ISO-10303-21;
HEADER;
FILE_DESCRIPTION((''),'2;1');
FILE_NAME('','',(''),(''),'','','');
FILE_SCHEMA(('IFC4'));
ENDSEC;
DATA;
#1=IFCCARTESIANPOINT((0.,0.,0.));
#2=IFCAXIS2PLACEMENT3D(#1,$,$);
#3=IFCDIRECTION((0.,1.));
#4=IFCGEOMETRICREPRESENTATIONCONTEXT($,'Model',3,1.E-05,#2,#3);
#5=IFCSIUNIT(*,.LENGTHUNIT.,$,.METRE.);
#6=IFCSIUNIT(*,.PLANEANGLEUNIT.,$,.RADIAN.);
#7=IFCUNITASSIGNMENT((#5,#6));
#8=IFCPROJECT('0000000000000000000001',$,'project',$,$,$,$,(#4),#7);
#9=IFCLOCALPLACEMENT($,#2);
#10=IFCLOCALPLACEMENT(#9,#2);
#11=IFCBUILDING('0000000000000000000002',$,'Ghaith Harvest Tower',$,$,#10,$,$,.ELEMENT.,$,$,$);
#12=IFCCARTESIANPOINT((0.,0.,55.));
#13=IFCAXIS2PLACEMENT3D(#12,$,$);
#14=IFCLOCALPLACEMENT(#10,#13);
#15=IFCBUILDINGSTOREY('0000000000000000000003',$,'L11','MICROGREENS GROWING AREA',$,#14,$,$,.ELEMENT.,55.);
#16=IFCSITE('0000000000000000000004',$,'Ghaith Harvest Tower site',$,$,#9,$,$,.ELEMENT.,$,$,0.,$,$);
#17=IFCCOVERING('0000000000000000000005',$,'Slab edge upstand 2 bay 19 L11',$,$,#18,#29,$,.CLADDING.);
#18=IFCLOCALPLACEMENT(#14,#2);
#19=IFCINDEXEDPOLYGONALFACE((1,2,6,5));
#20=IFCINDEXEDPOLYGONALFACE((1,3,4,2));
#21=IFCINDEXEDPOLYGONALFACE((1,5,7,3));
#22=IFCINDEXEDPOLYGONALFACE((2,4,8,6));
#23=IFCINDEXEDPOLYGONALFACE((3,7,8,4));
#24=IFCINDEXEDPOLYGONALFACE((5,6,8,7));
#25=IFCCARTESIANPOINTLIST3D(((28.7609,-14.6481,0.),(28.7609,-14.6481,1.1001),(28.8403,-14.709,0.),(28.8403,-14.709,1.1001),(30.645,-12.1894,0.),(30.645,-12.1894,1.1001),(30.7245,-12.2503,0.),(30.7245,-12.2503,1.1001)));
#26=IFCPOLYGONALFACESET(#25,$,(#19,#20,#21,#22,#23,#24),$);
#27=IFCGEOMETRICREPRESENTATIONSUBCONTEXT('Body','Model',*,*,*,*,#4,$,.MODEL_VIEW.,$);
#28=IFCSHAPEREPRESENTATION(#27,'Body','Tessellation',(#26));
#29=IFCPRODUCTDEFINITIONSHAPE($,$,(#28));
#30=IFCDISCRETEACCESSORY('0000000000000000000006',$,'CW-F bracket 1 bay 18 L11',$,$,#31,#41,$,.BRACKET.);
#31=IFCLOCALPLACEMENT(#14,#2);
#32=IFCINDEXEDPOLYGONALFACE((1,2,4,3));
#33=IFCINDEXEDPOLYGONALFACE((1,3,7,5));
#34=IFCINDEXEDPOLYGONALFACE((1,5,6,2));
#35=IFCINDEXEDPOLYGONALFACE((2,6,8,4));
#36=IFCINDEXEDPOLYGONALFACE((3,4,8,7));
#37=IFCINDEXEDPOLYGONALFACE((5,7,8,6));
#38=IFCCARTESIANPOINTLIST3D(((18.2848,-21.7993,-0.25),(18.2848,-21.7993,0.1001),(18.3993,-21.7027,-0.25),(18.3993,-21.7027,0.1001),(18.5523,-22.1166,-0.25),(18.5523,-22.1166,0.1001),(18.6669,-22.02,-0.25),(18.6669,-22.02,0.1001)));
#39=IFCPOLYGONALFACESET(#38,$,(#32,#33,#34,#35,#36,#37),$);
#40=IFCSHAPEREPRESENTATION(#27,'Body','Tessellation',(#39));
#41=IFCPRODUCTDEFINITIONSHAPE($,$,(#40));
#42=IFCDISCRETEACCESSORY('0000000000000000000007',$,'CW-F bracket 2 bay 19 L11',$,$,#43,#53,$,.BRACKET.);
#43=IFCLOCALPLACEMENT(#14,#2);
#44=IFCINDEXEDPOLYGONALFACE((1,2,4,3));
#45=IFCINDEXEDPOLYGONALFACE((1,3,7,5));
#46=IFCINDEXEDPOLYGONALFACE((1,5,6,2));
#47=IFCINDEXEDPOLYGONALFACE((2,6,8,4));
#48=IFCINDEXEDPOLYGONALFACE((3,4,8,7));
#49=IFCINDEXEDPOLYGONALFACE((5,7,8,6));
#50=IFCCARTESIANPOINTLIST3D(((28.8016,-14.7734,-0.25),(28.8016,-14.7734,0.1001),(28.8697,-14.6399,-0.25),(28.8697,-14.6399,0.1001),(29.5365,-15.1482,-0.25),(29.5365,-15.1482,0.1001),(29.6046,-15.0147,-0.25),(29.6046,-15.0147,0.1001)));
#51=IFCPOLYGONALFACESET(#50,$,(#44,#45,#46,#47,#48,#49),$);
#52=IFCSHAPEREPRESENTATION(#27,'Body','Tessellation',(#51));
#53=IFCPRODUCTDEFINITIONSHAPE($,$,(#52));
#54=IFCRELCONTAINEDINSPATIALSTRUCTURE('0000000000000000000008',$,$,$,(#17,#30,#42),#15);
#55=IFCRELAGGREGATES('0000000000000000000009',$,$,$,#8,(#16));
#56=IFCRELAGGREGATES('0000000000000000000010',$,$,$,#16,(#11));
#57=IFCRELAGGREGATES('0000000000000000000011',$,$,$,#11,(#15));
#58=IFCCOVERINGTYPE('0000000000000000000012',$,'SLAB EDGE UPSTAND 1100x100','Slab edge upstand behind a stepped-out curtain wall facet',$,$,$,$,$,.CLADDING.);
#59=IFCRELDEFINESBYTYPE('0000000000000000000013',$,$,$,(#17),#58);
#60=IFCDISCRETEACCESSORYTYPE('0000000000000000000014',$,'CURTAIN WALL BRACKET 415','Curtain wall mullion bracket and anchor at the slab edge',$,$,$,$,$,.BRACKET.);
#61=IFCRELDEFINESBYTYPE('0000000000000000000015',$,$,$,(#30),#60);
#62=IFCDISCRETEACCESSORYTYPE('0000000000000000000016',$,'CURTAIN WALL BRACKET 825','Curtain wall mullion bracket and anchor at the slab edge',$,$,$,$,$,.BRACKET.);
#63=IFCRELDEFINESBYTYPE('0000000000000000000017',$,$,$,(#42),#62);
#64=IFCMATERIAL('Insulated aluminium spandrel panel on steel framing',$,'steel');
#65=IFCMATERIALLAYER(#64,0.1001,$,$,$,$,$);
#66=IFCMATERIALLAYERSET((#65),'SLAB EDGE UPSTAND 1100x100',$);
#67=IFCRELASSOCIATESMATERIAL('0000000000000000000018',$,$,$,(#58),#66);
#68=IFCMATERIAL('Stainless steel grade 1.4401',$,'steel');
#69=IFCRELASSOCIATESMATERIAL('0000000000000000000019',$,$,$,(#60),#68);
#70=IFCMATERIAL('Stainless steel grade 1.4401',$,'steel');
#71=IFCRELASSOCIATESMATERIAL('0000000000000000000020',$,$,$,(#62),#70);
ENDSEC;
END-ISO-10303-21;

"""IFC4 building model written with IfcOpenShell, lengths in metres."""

from ifc_helpers import new_model, si_unit, direction, frame, origin, origin_2d, place, context, subcontext, project, spatial, rectangle, extrude, material, layer, layer_set, type_object, element, save


model = new_model("IFC4")

# Units and contexts
model_context = context("Model", 3, precision=1e-05, world=origin(), true_north=direction((0.0, 1.0)))
body_context = subcontext(model_context, "Body", "Model", "MODEL_VIEW")
ifc_project = project(units=[si_unit("LENGTHUNIT", "METRE"), si_unit("PLANEANGLEUNIT", "RADIAN")], contexts=[model_context])

# Site, building, storey
site_placement = place(None, origin())
site = spatial("IfcSite", under=ifc_project, at=site_placement, Name="Ghaith Harvest Tower site", CompositionType="ELEMENT", RefElevation=0.0)
building_placement = place(site_placement, origin())
building = spatial("IfcBuilding", under=site, at=building_placement, Name="Ghaith Harvest Tower", CompositionType="ELEMENT")
storey_placement = place(building_placement, frame((0.0, 0.0, 55.0)))
storey = spatial("IfcBuildingStorey", under=building, at=storey_placement, Name="L11", Description="MICROGREENS GROWING AREA", CompositionType="ELEMENT", Elevation=55.0)

# Covering
ifc_material_1 = material(Name="Insulated aluminium spandrel panel on steel framing", Category="steel")
ifc_layer_1 = layer(ifc_material_1, 0.1001)
ifc_layer_set_1 = layer_set([ifc_layer_1], Name="SLAB EDGE UPSTAND 1100x100")
covering_type = type_object("IfcCoveringType", Name="SLAB EDGE UPSTAND 1100x100", Description="Slab edge upstand behind a stepped-out curtain wall facet", PredefinedType="CLADDING", material=ifc_layer_set_1)
covering_1_placement = place(storey_placement, frame((29.7427, -13.4492, 0.0), z_axis=(0.0, 0.0, 1.0), x_axis=(0.608255, 0.793742, 0.0)))
element("IfcCovering", 1, at=covering_1_placement, inside=storey, type_object=covering_type, Name="Slab edge upstand 2 bay 19 L11", PredefinedType="CLADDING", context=body_context, shape_type="SweptSolid", body=[
    extrude(rectangle(XDim=3.0977, YDim=0.1001, at=origin_2d()), origin(), (0.0, 0.0, 1.0), 1.1001),
])

# Discrete accessories
ifc_material_2 = material(Name="Stainless steel grade 1.4401", Category="steel")
discrete_accessory_type_1 = type_object("IfcDiscreteAccessoryType", Name="CURTAIN WALL BRACKET 415", Description="Curtain wall mullion bracket and anchor at the slab edge", PredefinedType="BRACKET", material=ifc_material_2)
discrete_accessory_1_placement = place(storey_placement, frame((18.4758, -21.9097, -0.25), z_axis=(0.0, 0.0, 1.0), x_axis=(0.644657, -0.764472, 0.0)))
element("IfcDiscreteAccessory", 2, at=discrete_accessory_1_placement, inside=storey, type_object=discrete_accessory_type_1, Name="CW-F bracket 1 bay 18 L11", PredefinedType="BRACKET", context=body_context, shape_type="SweptSolid", body=[
    extrude(rectangle(XDim=0.415, YDim=0.1499, at=origin_2d()), origin(), (0.0, 0.0, 1.0), 0.3501),
])
ifc_material_3 = material(Name="Stainless steel grade 1.4401", Category="steel")
discrete_accessory_type_2 = type_object("IfcDiscreteAccessoryType", Name="CURTAIN WALL BRACKET 825", Description="Curtain wall mullion bracket and anchor at the slab edge", PredefinedType="BRACKET", material=ifc_material_3)
discrete_accessory_2_placement = place(storey_placement, frame((29.2031, -14.894, -0.25), z_axis=(0.0, 0.0, 1.0), x_axis=(0.890831, -0.454335, 0.0)))
element("IfcDiscreteAccessory", 3, at=discrete_accessory_2_placement, inside=storey, type_object=discrete_accessory_type_2, Name="CW-F bracket 2 bay 19 L11", PredefinedType="BRACKET", context=body_context, shape_type="SweptSolid", body=[
    extrude(rectangle(XDim=0.825, YDim=0.1499, at=origin_2d()), origin(), (0.0, 0.0, 1.0), 0.3501),
])

save(model, "model.ifc")
